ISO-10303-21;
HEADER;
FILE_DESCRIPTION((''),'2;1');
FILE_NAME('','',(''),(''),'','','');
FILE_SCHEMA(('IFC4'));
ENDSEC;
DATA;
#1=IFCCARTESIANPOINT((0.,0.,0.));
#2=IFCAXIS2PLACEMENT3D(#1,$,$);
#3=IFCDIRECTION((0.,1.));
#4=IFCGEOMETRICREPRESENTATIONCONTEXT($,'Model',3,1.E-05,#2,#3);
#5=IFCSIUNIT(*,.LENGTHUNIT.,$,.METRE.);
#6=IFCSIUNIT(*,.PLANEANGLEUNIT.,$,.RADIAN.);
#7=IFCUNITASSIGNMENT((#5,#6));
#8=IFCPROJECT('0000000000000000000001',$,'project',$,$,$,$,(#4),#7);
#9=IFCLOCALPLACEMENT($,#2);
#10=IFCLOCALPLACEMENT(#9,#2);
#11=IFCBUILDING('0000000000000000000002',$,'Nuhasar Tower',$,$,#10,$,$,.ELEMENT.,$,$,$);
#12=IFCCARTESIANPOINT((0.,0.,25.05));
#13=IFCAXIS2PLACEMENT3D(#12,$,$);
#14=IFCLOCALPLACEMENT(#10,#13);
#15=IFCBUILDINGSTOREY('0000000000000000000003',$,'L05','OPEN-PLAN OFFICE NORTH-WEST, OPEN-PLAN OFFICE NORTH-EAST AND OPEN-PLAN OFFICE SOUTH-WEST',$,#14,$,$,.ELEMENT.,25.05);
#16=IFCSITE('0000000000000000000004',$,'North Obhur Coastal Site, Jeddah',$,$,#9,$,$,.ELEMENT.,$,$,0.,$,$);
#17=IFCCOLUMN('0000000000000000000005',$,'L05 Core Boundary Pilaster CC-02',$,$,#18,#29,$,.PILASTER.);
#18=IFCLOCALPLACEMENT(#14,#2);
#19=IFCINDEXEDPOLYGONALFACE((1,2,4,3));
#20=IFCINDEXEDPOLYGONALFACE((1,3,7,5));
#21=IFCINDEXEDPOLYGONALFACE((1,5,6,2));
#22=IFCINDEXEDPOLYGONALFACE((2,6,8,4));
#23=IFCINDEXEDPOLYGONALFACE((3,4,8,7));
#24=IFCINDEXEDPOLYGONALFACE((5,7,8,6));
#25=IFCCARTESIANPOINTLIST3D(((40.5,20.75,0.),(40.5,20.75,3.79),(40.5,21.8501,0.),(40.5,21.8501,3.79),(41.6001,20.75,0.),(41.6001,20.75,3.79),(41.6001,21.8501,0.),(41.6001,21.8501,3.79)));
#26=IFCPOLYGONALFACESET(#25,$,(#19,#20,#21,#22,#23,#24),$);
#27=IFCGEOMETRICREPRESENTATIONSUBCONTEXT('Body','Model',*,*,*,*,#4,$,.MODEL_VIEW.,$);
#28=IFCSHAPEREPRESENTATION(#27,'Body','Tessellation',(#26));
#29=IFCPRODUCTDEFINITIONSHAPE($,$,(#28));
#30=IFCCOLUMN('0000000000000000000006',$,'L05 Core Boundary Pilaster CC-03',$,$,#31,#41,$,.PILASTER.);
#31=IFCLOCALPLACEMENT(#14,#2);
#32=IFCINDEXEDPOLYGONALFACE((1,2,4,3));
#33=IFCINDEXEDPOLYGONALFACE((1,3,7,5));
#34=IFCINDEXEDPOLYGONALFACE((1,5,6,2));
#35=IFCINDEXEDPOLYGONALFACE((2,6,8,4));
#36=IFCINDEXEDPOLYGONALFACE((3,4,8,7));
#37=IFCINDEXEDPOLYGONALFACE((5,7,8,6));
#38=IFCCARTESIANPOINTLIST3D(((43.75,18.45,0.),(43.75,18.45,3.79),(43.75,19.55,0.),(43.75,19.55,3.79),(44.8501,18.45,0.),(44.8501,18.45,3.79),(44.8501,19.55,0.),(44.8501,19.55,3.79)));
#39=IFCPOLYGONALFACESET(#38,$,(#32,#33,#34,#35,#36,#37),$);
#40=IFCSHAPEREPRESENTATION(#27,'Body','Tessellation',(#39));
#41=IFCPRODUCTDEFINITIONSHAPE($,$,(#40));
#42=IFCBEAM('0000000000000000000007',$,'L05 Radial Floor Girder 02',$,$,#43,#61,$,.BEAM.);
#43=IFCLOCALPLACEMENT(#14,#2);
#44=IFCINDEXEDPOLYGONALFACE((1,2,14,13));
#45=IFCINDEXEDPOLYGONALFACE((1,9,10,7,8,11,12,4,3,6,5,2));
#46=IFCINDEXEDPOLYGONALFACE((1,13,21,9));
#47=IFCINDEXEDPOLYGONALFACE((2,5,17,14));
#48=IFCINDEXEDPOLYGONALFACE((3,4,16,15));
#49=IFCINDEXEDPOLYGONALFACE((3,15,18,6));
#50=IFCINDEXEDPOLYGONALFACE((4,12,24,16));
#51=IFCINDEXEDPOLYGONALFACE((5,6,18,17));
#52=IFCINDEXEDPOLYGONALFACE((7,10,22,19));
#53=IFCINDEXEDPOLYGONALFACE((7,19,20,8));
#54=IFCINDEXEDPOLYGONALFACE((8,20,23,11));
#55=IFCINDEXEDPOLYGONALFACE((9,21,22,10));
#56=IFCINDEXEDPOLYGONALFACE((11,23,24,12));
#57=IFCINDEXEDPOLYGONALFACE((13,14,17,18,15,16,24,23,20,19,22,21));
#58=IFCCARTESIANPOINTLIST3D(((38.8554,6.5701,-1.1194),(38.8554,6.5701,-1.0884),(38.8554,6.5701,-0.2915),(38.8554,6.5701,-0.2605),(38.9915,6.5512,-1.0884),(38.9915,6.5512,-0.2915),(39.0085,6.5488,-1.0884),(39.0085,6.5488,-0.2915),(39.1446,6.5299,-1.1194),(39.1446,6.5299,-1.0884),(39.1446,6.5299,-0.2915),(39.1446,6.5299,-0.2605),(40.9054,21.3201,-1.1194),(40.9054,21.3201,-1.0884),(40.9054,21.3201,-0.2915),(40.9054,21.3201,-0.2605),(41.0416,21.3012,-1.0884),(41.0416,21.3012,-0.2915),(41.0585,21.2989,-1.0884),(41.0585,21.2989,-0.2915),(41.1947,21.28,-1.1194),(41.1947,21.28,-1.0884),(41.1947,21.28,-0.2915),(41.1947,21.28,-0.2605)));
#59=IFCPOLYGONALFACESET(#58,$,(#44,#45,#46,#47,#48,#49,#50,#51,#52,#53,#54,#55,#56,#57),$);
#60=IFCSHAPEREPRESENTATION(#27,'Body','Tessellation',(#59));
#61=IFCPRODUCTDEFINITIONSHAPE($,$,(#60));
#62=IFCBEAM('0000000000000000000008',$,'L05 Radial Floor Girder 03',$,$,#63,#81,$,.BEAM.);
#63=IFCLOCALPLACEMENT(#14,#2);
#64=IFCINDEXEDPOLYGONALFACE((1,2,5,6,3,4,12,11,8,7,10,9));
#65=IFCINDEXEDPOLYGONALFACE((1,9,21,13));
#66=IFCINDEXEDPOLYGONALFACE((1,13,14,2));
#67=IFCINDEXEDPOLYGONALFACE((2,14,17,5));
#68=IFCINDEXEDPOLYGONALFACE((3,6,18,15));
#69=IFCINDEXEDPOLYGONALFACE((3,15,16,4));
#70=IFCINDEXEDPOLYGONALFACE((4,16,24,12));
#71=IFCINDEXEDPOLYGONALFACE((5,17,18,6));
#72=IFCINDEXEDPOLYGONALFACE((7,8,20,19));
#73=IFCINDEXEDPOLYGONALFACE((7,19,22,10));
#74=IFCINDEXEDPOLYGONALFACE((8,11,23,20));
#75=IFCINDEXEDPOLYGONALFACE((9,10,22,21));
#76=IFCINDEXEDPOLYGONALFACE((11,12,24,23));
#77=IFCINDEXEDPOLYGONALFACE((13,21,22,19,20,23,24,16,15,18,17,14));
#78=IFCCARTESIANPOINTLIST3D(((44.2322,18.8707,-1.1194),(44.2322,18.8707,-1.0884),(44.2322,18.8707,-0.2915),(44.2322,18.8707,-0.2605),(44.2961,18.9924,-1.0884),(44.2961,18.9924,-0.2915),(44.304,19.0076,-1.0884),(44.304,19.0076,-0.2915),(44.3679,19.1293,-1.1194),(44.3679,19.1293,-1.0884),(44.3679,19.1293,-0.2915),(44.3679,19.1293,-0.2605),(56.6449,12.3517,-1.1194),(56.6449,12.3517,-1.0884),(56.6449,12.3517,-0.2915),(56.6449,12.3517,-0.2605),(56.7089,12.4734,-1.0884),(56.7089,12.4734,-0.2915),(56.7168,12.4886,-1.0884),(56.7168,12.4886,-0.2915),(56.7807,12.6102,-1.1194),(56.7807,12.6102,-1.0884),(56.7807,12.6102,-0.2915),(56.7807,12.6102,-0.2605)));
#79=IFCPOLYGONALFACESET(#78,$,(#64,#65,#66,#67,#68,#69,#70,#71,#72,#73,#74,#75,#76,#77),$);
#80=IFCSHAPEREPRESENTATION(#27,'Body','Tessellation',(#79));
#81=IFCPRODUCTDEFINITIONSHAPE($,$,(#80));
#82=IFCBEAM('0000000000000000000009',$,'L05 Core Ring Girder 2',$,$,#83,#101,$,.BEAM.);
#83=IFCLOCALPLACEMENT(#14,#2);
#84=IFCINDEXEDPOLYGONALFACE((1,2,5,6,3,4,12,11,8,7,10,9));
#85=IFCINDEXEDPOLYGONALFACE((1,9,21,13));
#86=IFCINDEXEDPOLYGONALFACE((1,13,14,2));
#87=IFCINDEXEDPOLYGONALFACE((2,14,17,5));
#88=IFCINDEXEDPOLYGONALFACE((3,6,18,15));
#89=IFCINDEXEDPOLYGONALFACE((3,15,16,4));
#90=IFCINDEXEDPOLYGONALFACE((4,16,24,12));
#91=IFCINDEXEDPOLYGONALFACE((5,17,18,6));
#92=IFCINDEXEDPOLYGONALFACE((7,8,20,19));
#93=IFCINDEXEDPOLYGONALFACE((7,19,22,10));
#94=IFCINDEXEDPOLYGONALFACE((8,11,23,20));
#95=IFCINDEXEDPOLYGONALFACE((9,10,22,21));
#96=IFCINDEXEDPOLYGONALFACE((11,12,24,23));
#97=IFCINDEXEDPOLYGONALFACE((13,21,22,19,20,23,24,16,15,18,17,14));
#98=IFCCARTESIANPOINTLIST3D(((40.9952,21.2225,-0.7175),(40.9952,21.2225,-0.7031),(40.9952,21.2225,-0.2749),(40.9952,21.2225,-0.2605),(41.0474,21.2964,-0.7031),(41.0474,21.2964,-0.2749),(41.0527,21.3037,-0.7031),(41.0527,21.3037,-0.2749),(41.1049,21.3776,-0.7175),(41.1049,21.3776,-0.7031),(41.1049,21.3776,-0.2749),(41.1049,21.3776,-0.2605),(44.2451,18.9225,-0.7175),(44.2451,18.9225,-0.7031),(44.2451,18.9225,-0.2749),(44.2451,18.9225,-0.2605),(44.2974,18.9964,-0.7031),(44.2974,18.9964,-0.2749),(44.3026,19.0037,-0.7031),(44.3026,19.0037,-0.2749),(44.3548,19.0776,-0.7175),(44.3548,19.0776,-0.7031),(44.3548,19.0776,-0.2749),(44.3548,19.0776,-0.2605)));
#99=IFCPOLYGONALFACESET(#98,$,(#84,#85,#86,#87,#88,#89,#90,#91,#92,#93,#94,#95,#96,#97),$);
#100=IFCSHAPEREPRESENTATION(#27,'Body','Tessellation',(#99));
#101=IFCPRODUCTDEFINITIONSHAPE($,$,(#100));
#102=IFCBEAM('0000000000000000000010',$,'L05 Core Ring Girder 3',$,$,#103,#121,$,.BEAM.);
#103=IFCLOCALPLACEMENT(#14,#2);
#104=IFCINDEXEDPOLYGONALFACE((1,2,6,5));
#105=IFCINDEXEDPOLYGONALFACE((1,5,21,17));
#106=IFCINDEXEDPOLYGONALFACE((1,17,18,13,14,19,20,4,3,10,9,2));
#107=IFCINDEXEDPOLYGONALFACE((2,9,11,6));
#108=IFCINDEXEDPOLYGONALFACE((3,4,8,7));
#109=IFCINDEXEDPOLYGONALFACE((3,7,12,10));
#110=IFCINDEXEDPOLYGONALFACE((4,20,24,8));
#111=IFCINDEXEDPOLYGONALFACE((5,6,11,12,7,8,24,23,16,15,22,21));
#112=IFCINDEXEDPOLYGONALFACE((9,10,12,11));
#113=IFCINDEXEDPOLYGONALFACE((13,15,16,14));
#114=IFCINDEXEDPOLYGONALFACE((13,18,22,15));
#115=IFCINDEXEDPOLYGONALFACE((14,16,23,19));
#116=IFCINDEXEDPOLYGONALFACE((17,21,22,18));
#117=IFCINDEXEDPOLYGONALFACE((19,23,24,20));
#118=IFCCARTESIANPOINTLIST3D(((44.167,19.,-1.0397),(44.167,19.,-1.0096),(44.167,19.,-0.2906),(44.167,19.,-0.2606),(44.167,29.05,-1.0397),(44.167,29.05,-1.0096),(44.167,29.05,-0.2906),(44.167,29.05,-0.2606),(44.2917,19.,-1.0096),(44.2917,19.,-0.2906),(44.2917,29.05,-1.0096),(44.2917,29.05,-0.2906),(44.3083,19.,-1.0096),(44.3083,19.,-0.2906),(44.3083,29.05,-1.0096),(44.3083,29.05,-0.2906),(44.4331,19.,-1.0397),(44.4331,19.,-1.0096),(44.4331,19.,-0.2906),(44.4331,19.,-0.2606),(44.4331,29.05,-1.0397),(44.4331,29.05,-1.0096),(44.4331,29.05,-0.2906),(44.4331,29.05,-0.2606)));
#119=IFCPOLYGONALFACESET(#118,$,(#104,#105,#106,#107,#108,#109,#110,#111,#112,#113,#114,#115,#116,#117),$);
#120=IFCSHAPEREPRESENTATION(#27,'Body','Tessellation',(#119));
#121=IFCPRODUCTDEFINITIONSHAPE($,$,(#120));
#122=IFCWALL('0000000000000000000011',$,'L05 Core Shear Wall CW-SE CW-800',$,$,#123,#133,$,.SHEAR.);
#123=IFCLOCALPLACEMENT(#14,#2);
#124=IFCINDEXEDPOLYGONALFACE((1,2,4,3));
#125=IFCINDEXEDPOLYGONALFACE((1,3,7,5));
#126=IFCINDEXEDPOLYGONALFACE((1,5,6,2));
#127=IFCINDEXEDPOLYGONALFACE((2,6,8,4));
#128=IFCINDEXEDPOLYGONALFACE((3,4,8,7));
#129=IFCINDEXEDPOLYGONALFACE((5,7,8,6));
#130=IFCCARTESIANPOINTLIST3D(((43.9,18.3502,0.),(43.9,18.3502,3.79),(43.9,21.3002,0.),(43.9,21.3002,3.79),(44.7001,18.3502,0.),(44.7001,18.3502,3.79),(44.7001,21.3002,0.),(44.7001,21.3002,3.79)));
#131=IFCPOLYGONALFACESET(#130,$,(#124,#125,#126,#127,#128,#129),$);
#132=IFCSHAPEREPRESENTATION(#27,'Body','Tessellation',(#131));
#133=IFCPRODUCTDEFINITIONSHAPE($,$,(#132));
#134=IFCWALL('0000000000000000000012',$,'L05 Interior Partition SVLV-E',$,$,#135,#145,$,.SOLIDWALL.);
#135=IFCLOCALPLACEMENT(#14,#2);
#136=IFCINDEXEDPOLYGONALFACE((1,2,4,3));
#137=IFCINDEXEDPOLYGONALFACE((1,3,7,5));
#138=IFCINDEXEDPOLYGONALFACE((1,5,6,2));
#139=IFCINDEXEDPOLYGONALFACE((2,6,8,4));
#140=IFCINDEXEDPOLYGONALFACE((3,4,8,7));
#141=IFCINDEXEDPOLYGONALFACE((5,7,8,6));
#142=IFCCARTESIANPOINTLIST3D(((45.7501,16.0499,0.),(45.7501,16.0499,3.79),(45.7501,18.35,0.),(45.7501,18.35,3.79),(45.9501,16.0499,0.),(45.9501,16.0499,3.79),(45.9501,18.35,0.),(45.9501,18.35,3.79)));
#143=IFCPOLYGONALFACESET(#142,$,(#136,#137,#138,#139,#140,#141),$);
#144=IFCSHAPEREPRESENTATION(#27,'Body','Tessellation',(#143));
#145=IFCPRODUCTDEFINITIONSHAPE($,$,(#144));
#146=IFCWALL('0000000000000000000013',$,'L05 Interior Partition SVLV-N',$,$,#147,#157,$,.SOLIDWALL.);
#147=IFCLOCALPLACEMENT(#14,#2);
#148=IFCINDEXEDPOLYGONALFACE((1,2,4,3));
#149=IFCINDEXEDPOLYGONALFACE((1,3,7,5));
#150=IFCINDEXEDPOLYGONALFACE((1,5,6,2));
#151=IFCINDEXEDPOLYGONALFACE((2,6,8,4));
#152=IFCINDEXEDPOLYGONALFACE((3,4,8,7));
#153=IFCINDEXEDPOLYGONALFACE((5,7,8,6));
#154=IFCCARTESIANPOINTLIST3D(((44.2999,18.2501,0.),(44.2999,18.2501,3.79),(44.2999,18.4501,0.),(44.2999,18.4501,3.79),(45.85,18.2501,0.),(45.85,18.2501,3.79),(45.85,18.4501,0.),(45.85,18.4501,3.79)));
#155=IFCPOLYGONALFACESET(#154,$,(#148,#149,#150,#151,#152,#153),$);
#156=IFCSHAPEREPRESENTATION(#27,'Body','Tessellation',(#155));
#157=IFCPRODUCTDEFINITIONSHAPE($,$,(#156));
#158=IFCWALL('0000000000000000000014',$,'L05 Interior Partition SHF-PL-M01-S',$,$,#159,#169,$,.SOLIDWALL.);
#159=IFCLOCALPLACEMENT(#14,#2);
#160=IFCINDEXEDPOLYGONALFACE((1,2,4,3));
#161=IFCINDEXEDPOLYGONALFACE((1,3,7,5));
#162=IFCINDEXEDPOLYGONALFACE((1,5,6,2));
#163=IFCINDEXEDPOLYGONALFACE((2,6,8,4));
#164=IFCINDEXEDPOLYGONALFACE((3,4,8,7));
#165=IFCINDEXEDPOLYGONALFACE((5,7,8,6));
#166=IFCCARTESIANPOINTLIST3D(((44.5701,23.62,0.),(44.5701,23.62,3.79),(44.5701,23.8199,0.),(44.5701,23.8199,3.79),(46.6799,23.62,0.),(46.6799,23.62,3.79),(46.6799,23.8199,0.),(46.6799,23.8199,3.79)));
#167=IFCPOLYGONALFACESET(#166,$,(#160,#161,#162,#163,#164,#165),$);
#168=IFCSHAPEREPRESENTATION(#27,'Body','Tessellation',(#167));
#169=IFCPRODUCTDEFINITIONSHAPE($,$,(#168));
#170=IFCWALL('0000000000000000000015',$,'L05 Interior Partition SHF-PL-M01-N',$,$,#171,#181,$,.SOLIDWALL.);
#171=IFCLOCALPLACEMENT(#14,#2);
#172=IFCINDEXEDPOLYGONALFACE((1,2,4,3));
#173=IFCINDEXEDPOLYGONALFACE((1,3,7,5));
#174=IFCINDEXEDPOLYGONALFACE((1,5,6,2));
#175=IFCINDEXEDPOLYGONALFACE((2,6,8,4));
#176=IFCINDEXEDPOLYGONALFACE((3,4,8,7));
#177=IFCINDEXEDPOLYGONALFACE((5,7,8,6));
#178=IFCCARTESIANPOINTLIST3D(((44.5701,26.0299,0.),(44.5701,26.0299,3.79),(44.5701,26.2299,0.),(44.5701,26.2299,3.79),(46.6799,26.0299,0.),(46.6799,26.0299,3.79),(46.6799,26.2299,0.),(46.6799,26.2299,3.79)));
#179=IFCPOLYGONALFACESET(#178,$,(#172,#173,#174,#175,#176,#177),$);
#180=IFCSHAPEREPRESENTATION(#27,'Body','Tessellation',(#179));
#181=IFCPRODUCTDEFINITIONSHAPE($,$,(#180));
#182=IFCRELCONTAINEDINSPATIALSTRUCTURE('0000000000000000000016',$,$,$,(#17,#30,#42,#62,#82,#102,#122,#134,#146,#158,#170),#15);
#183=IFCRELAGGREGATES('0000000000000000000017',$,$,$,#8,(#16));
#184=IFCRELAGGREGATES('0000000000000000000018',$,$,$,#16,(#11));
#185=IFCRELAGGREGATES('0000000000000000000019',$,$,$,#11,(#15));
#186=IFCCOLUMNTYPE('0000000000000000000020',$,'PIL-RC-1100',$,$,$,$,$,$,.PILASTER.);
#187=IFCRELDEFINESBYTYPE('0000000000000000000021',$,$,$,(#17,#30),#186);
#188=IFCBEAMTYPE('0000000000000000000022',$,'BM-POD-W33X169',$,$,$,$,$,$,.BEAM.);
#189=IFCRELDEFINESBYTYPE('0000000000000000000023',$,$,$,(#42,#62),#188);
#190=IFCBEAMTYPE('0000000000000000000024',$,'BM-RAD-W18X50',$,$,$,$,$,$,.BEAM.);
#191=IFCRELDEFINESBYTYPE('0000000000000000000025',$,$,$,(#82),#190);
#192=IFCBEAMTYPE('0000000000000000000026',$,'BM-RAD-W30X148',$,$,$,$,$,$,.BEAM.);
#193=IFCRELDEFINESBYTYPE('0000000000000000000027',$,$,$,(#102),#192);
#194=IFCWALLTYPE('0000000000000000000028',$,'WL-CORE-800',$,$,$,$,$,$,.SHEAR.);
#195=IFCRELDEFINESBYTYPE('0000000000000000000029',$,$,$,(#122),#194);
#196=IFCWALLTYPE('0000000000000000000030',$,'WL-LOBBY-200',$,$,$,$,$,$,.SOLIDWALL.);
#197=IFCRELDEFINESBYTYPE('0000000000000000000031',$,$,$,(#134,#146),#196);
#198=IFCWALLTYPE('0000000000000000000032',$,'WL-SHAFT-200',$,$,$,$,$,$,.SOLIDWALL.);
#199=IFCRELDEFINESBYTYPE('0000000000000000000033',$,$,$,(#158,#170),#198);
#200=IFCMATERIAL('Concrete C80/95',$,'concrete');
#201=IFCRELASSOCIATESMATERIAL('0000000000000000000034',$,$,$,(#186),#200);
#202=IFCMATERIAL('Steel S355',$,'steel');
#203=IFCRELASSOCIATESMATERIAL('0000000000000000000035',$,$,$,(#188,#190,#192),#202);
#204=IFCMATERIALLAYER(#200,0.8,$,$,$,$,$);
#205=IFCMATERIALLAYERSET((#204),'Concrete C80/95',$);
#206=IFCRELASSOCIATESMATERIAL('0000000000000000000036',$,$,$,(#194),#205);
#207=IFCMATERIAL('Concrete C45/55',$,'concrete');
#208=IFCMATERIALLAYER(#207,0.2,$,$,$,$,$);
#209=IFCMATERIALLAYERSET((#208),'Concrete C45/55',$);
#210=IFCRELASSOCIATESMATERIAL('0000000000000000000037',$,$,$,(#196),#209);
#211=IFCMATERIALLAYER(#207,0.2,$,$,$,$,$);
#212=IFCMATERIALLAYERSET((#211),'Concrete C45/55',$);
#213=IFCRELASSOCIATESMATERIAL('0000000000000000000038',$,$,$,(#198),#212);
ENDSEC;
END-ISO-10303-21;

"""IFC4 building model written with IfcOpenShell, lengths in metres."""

from ifc_helpers import new_model, si_unit, direction, frame, frame_2d, origin, origin_2d, place, context, subcontext, project, spatial, rectangle, i_section, extrude, material, layer, layer_set, material_profile, profile_set, type_object, element, save


model = new_model("IFC4")

# Units and contexts
model_context = context("Model", 3, precision=1e-05, world=origin(), true_north=direction((0.0, 1.0)))
body_context = subcontext(model_context, "Body", "Model", "MODEL_VIEW")
ifc_project = project(units=[si_unit("LENGTHUNIT", "METRE"), si_unit("PLANEANGLEUNIT", "RADIAN")], contexts=[model_context])

# Site, building, storey
site_placement = place(None, origin())
site = spatial("IfcSite", under=ifc_project, at=site_placement, Name="North Obhur Coastal Site, Jeddah", CompositionType="ELEMENT", RefElevation=0.0)
building_placement = place(site_placement, origin())
building = spatial("IfcBuilding", under=site, at=building_placement, Name="Nuhasar Tower", CompositionType="ELEMENT")
storey_placement = place(building_placement, frame((0.0, 0.0, 25.05)))
storey = spatial("IfcBuildingStorey", under=building, at=storey_placement, Name="L05", Description="OPEN-PLAN OFFICE NORTH-WEST, OPEN-PLAN OFFICE NORTH-EAST AND OPEN-PLAN OFFICE SOUTH-WEST", CompositionType="ELEMENT", Elevation=25.05)

# Columns
ifc_material_1 = material(Name="Concrete C80/95", Category="concrete")
ifc_material_profile_1 = material_profile(ifc_material_1, rectangle(XDim=1.1001, YDim=1.1001, at=origin_2d()), Name="RC1100X1100")
ifc_profile_set_1 = profile_set([ifc_material_profile_1], Name="Concrete C80/95")
column_type = type_object("IfcColumnType", Name="PIL-RC-1100", PredefinedType="PILASTER", material=ifc_profile_set_1)
for number, where, z_axis, x_axis, name in (
    (1, (41.05, 21.3, 0.0), (0.0, 0.0, 1.0), (1.0, 0.0, 0.0), "L05 Core Boundary Pilaster CC-02"),
    (2, (44.3, 19.0, 0.0), (0.0, 0.0, 1.0), (1.0, 0.0, 0.0), "L05 Core Boundary Pilaster CC-03"),
):
    element("IfcColumn", number, at=place(storey_placement, frame(where, z_axis=z_axis, x_axis=x_axis)), inside=storey, type_object=column_type, Name=name, PredefinedType="PILASTER", context=body_context, shape_type="SweptSolid", body=[
        extrude(rectangle(XDim=1.1001, YDim=1.1001, at=origin_2d()), origin(), (0.0, 0.0, 1.0), 3.79),
    ])

# Beams
ifc_material_2 = material(Name="Steel S355", Category="steel")
ifc_material_profile_2 = material_profile(ifc_material_2, i_section(OverallWidth=0.292, OverallDepth=0.8589, WebThickness=0.0171, FlangeThickness=0.031, at=origin_2d()), Name="W33X169")
ifc_profile_set_2 = profile_set([ifc_material_profile_2], Name="Steel S355")
beam_type_1 = type_object("IfcBeamType", Name="BM-POD-W33X169", PredefinedType="BEAM", material=ifc_profile_set_2)
beam_1_placement = place(storey_placement, frame((41.05, 21.3, -0.6899), z_axis=(-0.137663, -0.990479, 0.0), x_axis=(0.990479, -0.137663, 0.0)))
element("IfcBeam", 3, at=beam_1_placement, inside=storey, type_object=beam_type_1, Name="L05 Radial Floor Girder 02", PredefinedType="BEAM", context=body_context, shape_type="SweptSolid", body=[
    extrude(i_section(OverallWidth=0.292, OverallDepth=0.8589, WebThickness=0.0171, FlangeThickness=0.031, at=origin_2d()), origin(), (0.0, 0.0, 1.0), 14.8918),
])
beam_2_placement = place(storey_placement, frame((44.3, 19.0, -0.6899), z_axis=(0.88533, -0.464963, 0.0), x_axis=(0.464963, 0.88533, 0.0)))
element("IfcBeam", 4, at=beam_2_placement, inside=storey, type_object=beam_type_1, Name="L05 Radial Floor Girder 03", PredefinedType="BEAM", context=body_context, shape_type="SweptSolid", body=[
    extrude(i_section(OverallWidth=0.292, OverallDepth=0.8589, WebThickness=0.0171, FlangeThickness=0.031, at=origin_2d()), origin(), (0.0, 0.0, 1.0), 14.0205),
])
ifc_material_profile_3 = material_profile(ifc_material_2, i_section(OverallWidth=0.1899, OverallDepth=0.457, WebThickness=0.009, FlangeThickness=0.0144, at=origin_2d()), Name="W18X50")
ifc_profile_set_3 = profile_set([ifc_material_profile_3], Name="Steel S355")
beam_type_2 = type_object("IfcBeamType", Name="BM-RAD-W18X50", PredefinedType="BEAM", material=ifc_profile_set_3)
beam_3_placement = place(storey_placement, frame((41.05, 21.3, -0.489), z_axis=(0.816265, -0.577677, 0.0), x_axis=(0.577677, 0.816265, 0.0)))
element("IfcBeam", 5, at=beam_3_placement, inside=storey, type_object=beam_type_2, Name="L05 Core Ring Girder 2", PredefinedType="BEAM", context=body_context, shape_type="SweptSolid", body=[
    extrude(i_section(OverallWidth=0.1899, OverallDepth=0.457, WebThickness=0.009, FlangeThickness=0.0144, at=origin_2d()), origin(), (0.0, 0.0, 1.0), 3.9814),
])
ifc_material_profile_4 = material_profile(ifc_material_2, i_section(OverallWidth=0.2661, OverallDepth=0.7791, WebThickness=0.0166, FlangeThickness=0.03, at=origin_2d()), Name="W30X148")
ifc_profile_set_4 = profile_set([ifc_material_profile_4], Name="Steel S355")
beam_type_3 = type_object("IfcBeamType", Name="BM-RAD-W30X148", PredefinedType="BEAM", material=ifc_profile_set_4)
beam_4_placement = place(storey_placement, frame((44.3, 19.0, -0.6501), z_axis=(0.0, 1.0, 0.0), x_axis=(-1.0, 0.0, 0.0)))
element("IfcBeam", 6, at=beam_4_placement, inside=storey, type_object=beam_type_3, Name="L05 Core Ring Girder 3", PredefinedType="BEAM", context=body_context, shape_type="SweptSolid", body=[
    extrude(i_section(OverallWidth=0.2661, OverallDepth=0.7791, WebThickness=0.0166, FlangeThickness=0.03, at=origin_2d()), origin(), (0.0, 0.0, 1.0), 10.05),
])

# Wall
ifc_layer_1 = layer(ifc_material_1, 0.8)
ifc_layer_set_1 = layer_set([ifc_layer_1], Name="Concrete C80/95")
wall_type_1 = type_object("IfcWallType", Name="WL-CORE-800", PredefinedType="SHEAR", material=ifc_layer_set_1)
wall_1_placement = place(storey_placement, frame((44.3, 18.3501, 0.0), z_axis=(0.0, 0.0, 1.0), x_axis=(0.0, 1.0, 0.0)))
element("IfcWall", 7, at=wall_1_placement, inside=storey, type_object=wall_type_1, Name="L05 Core Shear Wall CW-SE CW-800", PredefinedType="SHEAR", context=body_context, shape_type="SweptSolid", body=[
    extrude(rectangle(XDim=2.95, YDim=0.8, at=frame_2d((1.4751, 0.0))), origin(), (0.0, 0.0, 1.0), 3.79),
])

# Shared definitions
ifc_material_3 = material(Name="Concrete C45/55", Category="concrete")
ifc_layer_2 = layer(ifc_material_3, 0.2)
ifc_layer_set_2 = layer_set([ifc_layer_2], Name="Concrete C45/55")
wall_type_2 = type_object("IfcWallType", Name="WL-LOBBY-200", PredefinedType="SOLIDWALL", material=ifc_layer_set_2)

# Walls
wall_2_placement = place(storey_placement, frame((45.8501, 16.05, 0.0), z_axis=(0.0, 0.0, 1.0), x_axis=(0.0, 1.0, 0.0)))
element("IfcWall", 8, at=wall_2_placement, inside=storey, type_object=wall_type_2, Name="L05 Interior Partition SVLV-E", PredefinedType="SOLIDWALL", context=body_context, shape_type="SweptSolid", body=[
    extrude(rectangle(XDim=2.3, YDim=0.2, at=frame_2d((1.1499, 0.0))), origin(), (0.0, 0.0, 1.0), 3.79),
])
wall_3_placement = place(storey_placement, frame((44.3, 18.3501, 0.0), z_axis=(0.0, 0.0, 1.0), x_axis=(1.0, 0.0, 0.0)))
element("IfcWall", 9, at=wall_3_placement, inside=storey, type_object=wall_type_2, Name="L05 Interior Partition SVLV-N", PredefinedType="SOLIDWALL", context=body_context, shape_type="SweptSolid", body=[
    extrude(rectangle(XDim=1.55, YDim=0.2, at=frame_2d((0.7749, 0.0))), origin(), (0.0, 0.0, 1.0), 3.79),
])
ifc_layer_3 = layer(ifc_material_3, 0.2)
ifc_layer_set_3 = layer_set([ifc_layer_3], Name="Concrete C45/55")
wall_type_3 = type_object("IfcWallType", Name="WL-SHAFT-200", PredefinedType="SOLIDWALL", material=ifc_layer_set_3)
for number, where, z_axis, x_axis, name in (
    (10, (44.5701, 23.72, 0.0), (0.0, 0.0, 1.0), (1.0, 0.0, 0.0), "L05 Interior Partition SHF-PL-M01-S"),
    (11, (44.5701, 26.1299, 0.0), (0.0, 0.0, 1.0), (1.0, 0.0, 0.0), "L05 Interior Partition SHF-PL-M01-N"),
):
    element("IfcWall", number, at=place(storey_placement, frame(where, z_axis=z_axis, x_axis=x_axis)), inside=storey, type_object=wall_type_3, Name=name, PredefinedType="SOLIDWALL", context=body_context, shape_type="SweptSolid", body=[
        extrude(rectangle(XDim=2.1099, YDim=0.2, at=frame_2d((1.0549, 0.0))), origin(), (0.0, 0.0, 1.0), 3.79),
    ])

save(model, "model.ifc")
